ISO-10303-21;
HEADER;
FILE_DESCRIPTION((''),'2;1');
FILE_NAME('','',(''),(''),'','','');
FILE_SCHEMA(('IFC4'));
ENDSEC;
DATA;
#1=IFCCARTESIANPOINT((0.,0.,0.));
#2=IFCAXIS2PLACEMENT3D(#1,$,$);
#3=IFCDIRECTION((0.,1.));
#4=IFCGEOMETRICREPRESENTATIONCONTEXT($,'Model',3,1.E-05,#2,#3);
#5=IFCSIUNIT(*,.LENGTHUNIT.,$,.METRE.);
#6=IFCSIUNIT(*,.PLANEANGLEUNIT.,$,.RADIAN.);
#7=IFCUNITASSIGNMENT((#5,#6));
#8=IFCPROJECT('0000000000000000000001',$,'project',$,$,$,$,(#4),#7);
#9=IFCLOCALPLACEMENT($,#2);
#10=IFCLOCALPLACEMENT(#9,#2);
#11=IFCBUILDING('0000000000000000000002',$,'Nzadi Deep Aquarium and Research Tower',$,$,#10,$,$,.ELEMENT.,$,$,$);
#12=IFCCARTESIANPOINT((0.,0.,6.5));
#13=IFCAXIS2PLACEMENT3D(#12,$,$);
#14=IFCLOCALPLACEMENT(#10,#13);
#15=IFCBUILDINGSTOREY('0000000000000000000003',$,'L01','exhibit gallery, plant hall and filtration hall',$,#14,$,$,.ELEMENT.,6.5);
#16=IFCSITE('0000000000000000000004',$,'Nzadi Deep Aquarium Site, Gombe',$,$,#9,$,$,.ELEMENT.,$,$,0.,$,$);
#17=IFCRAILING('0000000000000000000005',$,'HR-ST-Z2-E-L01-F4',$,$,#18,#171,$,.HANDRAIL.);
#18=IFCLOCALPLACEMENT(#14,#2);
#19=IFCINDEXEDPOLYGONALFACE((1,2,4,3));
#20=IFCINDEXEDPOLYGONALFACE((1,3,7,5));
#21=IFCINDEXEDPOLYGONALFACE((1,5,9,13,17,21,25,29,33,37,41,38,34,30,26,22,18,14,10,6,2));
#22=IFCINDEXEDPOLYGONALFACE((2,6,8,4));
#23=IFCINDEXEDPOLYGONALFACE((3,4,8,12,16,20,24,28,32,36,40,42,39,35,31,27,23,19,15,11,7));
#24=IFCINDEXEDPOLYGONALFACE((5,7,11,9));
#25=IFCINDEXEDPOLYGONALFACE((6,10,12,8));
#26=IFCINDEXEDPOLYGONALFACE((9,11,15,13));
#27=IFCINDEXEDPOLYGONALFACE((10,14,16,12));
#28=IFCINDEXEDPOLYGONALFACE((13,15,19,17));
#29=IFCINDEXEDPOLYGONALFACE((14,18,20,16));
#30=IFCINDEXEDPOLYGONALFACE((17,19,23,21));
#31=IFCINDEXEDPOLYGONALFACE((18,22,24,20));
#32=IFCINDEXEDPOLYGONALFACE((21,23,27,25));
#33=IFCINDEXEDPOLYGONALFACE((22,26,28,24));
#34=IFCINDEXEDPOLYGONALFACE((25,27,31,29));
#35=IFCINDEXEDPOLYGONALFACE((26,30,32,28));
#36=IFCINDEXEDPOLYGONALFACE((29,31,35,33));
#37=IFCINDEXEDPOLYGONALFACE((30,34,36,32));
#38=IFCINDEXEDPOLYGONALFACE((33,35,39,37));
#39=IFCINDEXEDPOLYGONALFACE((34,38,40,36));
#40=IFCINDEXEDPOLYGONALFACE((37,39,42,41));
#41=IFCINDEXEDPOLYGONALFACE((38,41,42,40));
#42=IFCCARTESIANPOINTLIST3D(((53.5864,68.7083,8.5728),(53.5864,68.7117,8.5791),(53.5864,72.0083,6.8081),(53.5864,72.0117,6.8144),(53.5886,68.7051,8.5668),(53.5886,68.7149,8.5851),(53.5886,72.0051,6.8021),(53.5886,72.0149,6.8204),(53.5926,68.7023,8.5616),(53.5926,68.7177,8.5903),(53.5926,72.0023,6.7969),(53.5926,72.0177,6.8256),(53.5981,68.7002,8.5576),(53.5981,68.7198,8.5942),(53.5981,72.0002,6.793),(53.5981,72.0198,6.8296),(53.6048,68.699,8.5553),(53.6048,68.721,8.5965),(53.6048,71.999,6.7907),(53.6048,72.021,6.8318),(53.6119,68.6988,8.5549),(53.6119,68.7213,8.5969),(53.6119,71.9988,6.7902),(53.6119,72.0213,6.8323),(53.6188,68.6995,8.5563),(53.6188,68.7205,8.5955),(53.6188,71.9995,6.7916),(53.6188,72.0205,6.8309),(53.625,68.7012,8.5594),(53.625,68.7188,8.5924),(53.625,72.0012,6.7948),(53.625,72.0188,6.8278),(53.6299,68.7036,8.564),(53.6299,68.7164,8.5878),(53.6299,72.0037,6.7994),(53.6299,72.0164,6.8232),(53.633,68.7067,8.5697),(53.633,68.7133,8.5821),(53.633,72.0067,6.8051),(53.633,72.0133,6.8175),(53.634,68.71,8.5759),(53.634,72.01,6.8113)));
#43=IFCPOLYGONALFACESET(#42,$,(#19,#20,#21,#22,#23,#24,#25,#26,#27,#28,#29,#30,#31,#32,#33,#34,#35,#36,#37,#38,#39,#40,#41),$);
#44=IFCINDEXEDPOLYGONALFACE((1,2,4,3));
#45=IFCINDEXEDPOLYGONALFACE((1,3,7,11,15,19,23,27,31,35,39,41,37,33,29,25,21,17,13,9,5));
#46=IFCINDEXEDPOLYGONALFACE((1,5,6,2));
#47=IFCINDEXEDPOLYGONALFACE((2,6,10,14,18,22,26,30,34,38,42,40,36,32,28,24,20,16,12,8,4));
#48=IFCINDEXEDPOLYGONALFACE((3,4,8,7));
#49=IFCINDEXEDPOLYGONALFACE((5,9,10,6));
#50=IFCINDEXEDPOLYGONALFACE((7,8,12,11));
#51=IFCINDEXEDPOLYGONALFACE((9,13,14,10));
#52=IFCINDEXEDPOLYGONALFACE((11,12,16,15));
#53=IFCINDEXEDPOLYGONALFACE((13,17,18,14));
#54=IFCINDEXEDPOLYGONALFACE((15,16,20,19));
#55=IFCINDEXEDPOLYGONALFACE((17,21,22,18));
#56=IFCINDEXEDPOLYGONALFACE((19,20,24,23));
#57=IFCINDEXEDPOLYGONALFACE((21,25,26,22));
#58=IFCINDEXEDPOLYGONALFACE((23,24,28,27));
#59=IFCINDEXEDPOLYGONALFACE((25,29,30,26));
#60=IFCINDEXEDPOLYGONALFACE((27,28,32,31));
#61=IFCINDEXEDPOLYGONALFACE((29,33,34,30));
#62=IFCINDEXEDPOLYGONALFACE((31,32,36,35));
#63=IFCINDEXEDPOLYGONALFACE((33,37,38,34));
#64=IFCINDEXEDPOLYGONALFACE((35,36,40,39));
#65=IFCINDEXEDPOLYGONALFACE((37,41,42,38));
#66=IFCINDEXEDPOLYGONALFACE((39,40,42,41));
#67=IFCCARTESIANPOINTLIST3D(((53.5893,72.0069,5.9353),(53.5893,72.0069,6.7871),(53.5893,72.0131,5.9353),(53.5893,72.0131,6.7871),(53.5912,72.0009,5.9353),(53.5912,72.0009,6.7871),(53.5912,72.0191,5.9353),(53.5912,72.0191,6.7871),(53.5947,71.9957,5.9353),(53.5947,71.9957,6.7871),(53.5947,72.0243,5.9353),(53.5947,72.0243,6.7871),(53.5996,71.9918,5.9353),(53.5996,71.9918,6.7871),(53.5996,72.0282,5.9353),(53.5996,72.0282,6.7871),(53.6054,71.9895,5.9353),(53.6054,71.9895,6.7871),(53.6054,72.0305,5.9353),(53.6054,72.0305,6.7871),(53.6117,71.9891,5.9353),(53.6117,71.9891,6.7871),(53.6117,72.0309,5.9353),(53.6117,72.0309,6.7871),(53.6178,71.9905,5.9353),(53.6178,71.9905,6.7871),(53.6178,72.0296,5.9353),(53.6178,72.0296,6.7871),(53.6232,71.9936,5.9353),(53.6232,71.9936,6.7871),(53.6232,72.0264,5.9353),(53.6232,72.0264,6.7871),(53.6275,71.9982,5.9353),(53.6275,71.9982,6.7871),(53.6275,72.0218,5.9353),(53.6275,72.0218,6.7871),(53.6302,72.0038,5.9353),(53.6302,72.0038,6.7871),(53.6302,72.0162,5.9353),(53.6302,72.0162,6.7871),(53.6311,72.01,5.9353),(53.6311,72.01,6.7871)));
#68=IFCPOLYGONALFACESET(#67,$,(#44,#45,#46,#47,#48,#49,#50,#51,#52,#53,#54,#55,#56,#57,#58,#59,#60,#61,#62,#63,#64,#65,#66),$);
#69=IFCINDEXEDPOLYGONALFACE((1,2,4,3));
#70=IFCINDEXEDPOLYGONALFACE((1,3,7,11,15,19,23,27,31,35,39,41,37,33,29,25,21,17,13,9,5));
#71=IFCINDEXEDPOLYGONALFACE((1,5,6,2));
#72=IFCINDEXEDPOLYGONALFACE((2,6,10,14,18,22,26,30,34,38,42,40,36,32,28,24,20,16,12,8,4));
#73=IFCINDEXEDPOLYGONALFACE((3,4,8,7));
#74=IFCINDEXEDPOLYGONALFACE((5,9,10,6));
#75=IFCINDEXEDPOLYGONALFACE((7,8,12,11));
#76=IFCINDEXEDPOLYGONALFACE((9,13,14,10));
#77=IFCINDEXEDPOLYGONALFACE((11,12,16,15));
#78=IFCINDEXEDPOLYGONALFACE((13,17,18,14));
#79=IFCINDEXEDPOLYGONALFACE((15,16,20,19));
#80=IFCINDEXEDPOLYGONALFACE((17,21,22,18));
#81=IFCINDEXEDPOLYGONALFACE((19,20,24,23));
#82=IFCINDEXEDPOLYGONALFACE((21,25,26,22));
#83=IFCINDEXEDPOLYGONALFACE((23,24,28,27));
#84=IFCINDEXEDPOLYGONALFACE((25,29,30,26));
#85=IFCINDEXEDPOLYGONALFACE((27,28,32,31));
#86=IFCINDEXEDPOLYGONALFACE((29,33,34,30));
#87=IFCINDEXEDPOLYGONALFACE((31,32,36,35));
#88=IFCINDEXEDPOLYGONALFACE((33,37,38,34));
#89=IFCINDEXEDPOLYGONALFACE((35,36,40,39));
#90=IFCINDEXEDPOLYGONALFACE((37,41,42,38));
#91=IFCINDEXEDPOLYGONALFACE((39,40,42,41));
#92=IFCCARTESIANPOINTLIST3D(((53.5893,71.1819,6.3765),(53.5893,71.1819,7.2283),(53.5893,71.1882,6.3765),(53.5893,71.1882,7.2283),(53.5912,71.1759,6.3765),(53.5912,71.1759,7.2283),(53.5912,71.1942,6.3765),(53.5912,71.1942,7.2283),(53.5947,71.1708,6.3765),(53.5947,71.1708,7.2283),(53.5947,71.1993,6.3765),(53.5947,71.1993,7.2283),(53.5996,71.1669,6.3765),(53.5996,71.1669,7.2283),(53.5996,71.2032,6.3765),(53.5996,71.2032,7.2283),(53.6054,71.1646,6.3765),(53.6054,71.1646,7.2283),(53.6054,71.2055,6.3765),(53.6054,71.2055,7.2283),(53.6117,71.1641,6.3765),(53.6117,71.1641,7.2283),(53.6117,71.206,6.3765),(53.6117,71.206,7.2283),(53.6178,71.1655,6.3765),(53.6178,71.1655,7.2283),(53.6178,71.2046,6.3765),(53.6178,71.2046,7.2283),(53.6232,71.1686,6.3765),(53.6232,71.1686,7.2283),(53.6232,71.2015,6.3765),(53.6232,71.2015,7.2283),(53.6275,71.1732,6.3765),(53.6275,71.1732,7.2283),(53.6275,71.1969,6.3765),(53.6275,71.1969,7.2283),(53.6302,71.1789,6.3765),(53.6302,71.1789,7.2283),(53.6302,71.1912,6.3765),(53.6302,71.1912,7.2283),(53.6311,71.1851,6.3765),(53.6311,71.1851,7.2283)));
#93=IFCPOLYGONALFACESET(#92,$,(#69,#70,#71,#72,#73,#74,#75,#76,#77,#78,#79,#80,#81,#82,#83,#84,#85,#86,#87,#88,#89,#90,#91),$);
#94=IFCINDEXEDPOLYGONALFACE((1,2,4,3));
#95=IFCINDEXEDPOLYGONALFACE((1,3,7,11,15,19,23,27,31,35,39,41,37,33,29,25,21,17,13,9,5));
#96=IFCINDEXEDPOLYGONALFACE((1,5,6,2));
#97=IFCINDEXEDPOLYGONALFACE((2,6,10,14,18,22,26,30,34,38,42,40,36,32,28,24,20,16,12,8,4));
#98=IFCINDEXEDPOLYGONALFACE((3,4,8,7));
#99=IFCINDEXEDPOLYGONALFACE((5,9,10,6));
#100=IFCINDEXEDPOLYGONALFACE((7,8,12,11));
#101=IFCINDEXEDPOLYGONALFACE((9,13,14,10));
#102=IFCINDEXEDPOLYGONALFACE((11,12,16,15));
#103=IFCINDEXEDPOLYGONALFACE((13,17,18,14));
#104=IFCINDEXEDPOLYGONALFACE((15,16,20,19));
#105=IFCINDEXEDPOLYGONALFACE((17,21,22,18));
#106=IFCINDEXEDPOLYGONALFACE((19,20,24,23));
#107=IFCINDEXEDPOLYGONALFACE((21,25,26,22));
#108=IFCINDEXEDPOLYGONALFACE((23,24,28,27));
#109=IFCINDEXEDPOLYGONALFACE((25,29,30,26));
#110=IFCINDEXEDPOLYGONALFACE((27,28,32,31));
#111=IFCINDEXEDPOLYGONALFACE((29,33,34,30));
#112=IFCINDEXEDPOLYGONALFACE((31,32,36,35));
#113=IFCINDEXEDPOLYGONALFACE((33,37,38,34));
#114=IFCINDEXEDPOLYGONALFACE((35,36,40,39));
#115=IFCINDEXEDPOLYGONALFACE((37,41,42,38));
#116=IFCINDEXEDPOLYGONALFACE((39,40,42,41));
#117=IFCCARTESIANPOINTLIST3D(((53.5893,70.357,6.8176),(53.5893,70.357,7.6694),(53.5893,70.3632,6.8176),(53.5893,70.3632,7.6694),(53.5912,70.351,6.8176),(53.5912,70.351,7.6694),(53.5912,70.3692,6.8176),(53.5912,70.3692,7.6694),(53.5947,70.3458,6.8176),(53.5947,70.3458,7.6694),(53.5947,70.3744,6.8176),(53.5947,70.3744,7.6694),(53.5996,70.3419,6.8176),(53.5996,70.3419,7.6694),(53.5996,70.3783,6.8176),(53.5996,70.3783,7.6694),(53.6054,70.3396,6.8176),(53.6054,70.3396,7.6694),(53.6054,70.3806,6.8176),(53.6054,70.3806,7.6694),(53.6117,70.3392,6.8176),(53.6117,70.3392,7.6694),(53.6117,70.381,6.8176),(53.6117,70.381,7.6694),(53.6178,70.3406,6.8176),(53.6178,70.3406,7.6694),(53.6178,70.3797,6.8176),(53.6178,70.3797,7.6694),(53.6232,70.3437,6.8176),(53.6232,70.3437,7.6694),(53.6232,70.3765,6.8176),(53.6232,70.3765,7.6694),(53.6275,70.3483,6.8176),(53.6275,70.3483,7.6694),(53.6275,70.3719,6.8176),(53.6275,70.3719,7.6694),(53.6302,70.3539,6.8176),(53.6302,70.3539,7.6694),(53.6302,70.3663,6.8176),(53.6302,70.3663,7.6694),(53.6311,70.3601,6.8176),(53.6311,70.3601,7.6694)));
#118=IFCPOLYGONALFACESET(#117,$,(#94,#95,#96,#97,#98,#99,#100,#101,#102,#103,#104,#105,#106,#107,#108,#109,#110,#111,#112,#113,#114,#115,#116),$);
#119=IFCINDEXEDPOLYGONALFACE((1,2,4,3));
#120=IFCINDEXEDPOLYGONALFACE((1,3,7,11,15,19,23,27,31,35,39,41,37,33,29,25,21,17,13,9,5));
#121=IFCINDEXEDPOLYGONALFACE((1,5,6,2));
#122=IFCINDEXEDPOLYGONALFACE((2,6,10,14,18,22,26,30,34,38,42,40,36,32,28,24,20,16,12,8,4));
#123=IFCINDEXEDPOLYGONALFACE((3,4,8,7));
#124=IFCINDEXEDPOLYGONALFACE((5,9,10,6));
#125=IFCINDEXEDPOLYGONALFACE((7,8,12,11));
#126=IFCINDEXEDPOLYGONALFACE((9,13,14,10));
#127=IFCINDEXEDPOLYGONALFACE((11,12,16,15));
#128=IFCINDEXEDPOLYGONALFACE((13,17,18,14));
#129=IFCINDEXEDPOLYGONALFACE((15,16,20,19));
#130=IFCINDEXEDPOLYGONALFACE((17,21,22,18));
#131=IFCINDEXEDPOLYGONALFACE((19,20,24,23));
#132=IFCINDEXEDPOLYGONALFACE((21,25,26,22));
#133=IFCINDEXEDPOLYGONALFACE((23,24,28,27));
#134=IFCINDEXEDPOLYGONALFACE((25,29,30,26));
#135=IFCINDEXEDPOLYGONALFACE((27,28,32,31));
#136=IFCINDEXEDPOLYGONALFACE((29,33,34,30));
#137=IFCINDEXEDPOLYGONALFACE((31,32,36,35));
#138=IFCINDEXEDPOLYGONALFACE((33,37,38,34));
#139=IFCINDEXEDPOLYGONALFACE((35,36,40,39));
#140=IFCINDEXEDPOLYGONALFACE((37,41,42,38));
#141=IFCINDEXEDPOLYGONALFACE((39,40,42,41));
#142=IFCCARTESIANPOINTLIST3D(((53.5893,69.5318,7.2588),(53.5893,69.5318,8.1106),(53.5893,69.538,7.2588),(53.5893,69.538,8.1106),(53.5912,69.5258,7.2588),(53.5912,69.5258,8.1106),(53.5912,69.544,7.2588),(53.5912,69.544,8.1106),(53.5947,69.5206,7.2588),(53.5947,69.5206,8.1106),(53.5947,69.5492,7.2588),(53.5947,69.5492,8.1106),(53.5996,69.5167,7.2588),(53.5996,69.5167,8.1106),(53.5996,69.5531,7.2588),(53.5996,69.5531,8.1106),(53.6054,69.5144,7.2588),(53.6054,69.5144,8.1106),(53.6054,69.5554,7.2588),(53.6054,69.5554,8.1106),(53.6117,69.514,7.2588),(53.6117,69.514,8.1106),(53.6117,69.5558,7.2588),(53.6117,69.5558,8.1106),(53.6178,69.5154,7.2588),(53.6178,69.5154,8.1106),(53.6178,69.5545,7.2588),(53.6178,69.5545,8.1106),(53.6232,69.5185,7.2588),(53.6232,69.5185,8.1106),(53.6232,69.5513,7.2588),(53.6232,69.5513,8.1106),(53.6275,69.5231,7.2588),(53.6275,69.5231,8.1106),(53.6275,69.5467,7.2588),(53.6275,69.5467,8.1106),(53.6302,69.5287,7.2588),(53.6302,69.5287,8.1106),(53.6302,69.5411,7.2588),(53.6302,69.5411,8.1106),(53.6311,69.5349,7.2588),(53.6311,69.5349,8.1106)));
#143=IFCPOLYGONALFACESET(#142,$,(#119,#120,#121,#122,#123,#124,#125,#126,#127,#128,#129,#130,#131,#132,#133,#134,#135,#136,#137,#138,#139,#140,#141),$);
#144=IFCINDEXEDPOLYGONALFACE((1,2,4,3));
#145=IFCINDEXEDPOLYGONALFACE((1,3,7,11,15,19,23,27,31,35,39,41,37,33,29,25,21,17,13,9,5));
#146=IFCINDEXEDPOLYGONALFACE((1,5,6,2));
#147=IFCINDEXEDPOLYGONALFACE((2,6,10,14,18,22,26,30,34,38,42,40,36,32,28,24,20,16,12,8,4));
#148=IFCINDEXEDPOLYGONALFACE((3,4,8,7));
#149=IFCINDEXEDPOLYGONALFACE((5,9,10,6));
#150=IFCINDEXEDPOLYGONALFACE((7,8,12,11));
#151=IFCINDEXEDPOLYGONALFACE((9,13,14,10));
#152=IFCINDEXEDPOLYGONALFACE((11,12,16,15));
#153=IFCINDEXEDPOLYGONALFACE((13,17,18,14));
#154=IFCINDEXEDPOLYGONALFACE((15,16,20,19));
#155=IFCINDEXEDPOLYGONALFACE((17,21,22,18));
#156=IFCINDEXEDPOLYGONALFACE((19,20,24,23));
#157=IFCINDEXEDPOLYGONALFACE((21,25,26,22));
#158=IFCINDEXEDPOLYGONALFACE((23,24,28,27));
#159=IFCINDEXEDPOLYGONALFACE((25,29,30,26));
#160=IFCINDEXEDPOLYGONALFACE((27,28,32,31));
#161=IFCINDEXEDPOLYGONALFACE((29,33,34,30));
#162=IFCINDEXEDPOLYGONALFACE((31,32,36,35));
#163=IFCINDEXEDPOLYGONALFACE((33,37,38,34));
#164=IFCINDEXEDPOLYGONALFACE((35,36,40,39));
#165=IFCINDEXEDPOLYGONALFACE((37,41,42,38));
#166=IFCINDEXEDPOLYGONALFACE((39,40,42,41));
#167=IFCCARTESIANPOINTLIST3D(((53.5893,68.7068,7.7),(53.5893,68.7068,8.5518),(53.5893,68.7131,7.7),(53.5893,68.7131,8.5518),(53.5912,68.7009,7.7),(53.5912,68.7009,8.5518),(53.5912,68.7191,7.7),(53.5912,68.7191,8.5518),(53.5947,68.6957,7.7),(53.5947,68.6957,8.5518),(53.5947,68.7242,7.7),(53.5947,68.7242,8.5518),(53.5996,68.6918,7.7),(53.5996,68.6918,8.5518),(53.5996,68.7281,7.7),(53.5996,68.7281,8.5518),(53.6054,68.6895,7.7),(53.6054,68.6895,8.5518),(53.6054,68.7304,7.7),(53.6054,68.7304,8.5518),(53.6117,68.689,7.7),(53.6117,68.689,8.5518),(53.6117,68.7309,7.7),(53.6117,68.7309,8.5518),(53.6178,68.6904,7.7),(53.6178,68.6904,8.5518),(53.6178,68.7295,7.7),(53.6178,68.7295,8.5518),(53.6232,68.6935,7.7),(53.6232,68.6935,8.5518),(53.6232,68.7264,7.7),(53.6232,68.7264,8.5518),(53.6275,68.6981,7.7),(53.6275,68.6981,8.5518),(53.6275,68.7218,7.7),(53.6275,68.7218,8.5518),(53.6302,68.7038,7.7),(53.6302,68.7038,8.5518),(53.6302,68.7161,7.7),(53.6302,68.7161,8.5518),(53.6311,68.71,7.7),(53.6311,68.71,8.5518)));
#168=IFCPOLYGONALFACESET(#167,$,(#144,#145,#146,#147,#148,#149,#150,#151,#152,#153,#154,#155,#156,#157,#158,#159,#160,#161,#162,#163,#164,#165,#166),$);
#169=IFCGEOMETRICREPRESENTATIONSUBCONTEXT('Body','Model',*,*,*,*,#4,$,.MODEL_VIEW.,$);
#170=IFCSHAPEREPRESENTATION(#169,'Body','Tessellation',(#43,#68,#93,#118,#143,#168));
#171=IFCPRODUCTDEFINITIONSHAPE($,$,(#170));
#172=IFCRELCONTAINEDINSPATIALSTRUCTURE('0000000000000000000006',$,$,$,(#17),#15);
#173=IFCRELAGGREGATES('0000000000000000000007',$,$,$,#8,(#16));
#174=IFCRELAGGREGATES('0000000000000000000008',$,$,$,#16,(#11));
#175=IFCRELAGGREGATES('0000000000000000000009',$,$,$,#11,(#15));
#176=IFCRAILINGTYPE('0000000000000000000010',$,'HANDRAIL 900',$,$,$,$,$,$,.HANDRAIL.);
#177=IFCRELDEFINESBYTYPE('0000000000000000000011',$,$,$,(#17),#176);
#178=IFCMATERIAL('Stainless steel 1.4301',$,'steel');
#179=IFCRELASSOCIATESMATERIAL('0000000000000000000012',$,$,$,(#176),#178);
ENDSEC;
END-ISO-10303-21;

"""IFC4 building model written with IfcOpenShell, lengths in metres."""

from ifc_helpers import new_model, si_unit, direction, frame, origin, origin_2d, place, context, subcontext, project, spatial, circle, extrude, material, type_object, element, save


model = new_model("IFC4")

# Units and contexts
model_context = context("Model", 3, precision=1e-05, world=origin(), true_north=direction((0.0, 1.0)))
body_context = subcontext(model_context, "Body", "Model", "MODEL_VIEW")
ifc_project = project(units=[si_unit("LENGTHUNIT", "METRE"), si_unit("PLANEANGLEUNIT", "RADIAN")], contexts=[model_context])

# Site, building, storey
site_placement = place(None, origin())
site = spatial("IfcSite", under=ifc_project, at=site_placement, Name="Nzadi Deep Aquarium Site, Gombe", CompositionType="ELEMENT", RefElevation=0.0)
building_placement = place(site_placement, origin())
building = spatial("IfcBuilding", under=site, at=building_placement, Name="Nzadi Deep Aquarium and Research Tower", CompositionType="ELEMENT")
storey_placement = place(building_placement, frame((0.0, 0.0, 6.5)))
storey = spatial("IfcBuildingStorey", under=building, at=storey_placement, Name="L01", Description="exhibit gallery, plant hall and filtration hall", CompositionType="ELEMENT", Elevation=6.5)

# Railing
ifc_material_1 = material(Name="Stainless steel 1.4301", Category="steel")
railing_type = type_object("IfcRailingType", Name="HANDRAIL 900", PredefinedType="HANDRAIL", material=ifc_material_1)
for number, where, name in (
    (1, (53.6101, 72.01, 5.9353), "HR-ST-Z2-E-L01-F4"),
):
    element("IfcRailing", number, at=place(storey_placement, frame(where)), inside=storey, type_object=railing_type, Name=name, PredefinedType="HANDRAIL", context=body_context, shape_type="SweptSolid", body=[
        extrude(circle(Radius=0.0239, at=origin_2d()), frame((0.0, 0.0, 0.876), z_axis=(0.0, -0.88184, 0.47155), x_axis=(1.0, 0.0, 0.0)), (0.0, 0.0, 1.0), 3.7422),
        extrude(circle(Radius=0.021, at=origin_2d()), origin(), (0.0, 0.0, 1.0), 0.8518),
        extrude(circle(Radius=0.021, at=origin_2d()), frame((0.0, -0.825, 0.4412)), (0.0, 0.0, 1.0), 0.8518),
        extrude(circle(Radius=0.021, at=origin_2d()), frame((0.0, -1.6499, 0.8823)), (0.0, 0.0, 1.0), 0.8518),
        extrude(circle(Radius=0.021, at=origin_2d()), frame((0.0, -2.4751, 1.3235)), (0.0, 0.0, 1.0), 0.8518),
        extrude(circle(Radius=0.021, at=origin_2d()), frame((0.0, -3.3, 1.7646)), (0.0, 0.0, 1.0), 0.8518),
    ])

save(model, "model.ifc")
